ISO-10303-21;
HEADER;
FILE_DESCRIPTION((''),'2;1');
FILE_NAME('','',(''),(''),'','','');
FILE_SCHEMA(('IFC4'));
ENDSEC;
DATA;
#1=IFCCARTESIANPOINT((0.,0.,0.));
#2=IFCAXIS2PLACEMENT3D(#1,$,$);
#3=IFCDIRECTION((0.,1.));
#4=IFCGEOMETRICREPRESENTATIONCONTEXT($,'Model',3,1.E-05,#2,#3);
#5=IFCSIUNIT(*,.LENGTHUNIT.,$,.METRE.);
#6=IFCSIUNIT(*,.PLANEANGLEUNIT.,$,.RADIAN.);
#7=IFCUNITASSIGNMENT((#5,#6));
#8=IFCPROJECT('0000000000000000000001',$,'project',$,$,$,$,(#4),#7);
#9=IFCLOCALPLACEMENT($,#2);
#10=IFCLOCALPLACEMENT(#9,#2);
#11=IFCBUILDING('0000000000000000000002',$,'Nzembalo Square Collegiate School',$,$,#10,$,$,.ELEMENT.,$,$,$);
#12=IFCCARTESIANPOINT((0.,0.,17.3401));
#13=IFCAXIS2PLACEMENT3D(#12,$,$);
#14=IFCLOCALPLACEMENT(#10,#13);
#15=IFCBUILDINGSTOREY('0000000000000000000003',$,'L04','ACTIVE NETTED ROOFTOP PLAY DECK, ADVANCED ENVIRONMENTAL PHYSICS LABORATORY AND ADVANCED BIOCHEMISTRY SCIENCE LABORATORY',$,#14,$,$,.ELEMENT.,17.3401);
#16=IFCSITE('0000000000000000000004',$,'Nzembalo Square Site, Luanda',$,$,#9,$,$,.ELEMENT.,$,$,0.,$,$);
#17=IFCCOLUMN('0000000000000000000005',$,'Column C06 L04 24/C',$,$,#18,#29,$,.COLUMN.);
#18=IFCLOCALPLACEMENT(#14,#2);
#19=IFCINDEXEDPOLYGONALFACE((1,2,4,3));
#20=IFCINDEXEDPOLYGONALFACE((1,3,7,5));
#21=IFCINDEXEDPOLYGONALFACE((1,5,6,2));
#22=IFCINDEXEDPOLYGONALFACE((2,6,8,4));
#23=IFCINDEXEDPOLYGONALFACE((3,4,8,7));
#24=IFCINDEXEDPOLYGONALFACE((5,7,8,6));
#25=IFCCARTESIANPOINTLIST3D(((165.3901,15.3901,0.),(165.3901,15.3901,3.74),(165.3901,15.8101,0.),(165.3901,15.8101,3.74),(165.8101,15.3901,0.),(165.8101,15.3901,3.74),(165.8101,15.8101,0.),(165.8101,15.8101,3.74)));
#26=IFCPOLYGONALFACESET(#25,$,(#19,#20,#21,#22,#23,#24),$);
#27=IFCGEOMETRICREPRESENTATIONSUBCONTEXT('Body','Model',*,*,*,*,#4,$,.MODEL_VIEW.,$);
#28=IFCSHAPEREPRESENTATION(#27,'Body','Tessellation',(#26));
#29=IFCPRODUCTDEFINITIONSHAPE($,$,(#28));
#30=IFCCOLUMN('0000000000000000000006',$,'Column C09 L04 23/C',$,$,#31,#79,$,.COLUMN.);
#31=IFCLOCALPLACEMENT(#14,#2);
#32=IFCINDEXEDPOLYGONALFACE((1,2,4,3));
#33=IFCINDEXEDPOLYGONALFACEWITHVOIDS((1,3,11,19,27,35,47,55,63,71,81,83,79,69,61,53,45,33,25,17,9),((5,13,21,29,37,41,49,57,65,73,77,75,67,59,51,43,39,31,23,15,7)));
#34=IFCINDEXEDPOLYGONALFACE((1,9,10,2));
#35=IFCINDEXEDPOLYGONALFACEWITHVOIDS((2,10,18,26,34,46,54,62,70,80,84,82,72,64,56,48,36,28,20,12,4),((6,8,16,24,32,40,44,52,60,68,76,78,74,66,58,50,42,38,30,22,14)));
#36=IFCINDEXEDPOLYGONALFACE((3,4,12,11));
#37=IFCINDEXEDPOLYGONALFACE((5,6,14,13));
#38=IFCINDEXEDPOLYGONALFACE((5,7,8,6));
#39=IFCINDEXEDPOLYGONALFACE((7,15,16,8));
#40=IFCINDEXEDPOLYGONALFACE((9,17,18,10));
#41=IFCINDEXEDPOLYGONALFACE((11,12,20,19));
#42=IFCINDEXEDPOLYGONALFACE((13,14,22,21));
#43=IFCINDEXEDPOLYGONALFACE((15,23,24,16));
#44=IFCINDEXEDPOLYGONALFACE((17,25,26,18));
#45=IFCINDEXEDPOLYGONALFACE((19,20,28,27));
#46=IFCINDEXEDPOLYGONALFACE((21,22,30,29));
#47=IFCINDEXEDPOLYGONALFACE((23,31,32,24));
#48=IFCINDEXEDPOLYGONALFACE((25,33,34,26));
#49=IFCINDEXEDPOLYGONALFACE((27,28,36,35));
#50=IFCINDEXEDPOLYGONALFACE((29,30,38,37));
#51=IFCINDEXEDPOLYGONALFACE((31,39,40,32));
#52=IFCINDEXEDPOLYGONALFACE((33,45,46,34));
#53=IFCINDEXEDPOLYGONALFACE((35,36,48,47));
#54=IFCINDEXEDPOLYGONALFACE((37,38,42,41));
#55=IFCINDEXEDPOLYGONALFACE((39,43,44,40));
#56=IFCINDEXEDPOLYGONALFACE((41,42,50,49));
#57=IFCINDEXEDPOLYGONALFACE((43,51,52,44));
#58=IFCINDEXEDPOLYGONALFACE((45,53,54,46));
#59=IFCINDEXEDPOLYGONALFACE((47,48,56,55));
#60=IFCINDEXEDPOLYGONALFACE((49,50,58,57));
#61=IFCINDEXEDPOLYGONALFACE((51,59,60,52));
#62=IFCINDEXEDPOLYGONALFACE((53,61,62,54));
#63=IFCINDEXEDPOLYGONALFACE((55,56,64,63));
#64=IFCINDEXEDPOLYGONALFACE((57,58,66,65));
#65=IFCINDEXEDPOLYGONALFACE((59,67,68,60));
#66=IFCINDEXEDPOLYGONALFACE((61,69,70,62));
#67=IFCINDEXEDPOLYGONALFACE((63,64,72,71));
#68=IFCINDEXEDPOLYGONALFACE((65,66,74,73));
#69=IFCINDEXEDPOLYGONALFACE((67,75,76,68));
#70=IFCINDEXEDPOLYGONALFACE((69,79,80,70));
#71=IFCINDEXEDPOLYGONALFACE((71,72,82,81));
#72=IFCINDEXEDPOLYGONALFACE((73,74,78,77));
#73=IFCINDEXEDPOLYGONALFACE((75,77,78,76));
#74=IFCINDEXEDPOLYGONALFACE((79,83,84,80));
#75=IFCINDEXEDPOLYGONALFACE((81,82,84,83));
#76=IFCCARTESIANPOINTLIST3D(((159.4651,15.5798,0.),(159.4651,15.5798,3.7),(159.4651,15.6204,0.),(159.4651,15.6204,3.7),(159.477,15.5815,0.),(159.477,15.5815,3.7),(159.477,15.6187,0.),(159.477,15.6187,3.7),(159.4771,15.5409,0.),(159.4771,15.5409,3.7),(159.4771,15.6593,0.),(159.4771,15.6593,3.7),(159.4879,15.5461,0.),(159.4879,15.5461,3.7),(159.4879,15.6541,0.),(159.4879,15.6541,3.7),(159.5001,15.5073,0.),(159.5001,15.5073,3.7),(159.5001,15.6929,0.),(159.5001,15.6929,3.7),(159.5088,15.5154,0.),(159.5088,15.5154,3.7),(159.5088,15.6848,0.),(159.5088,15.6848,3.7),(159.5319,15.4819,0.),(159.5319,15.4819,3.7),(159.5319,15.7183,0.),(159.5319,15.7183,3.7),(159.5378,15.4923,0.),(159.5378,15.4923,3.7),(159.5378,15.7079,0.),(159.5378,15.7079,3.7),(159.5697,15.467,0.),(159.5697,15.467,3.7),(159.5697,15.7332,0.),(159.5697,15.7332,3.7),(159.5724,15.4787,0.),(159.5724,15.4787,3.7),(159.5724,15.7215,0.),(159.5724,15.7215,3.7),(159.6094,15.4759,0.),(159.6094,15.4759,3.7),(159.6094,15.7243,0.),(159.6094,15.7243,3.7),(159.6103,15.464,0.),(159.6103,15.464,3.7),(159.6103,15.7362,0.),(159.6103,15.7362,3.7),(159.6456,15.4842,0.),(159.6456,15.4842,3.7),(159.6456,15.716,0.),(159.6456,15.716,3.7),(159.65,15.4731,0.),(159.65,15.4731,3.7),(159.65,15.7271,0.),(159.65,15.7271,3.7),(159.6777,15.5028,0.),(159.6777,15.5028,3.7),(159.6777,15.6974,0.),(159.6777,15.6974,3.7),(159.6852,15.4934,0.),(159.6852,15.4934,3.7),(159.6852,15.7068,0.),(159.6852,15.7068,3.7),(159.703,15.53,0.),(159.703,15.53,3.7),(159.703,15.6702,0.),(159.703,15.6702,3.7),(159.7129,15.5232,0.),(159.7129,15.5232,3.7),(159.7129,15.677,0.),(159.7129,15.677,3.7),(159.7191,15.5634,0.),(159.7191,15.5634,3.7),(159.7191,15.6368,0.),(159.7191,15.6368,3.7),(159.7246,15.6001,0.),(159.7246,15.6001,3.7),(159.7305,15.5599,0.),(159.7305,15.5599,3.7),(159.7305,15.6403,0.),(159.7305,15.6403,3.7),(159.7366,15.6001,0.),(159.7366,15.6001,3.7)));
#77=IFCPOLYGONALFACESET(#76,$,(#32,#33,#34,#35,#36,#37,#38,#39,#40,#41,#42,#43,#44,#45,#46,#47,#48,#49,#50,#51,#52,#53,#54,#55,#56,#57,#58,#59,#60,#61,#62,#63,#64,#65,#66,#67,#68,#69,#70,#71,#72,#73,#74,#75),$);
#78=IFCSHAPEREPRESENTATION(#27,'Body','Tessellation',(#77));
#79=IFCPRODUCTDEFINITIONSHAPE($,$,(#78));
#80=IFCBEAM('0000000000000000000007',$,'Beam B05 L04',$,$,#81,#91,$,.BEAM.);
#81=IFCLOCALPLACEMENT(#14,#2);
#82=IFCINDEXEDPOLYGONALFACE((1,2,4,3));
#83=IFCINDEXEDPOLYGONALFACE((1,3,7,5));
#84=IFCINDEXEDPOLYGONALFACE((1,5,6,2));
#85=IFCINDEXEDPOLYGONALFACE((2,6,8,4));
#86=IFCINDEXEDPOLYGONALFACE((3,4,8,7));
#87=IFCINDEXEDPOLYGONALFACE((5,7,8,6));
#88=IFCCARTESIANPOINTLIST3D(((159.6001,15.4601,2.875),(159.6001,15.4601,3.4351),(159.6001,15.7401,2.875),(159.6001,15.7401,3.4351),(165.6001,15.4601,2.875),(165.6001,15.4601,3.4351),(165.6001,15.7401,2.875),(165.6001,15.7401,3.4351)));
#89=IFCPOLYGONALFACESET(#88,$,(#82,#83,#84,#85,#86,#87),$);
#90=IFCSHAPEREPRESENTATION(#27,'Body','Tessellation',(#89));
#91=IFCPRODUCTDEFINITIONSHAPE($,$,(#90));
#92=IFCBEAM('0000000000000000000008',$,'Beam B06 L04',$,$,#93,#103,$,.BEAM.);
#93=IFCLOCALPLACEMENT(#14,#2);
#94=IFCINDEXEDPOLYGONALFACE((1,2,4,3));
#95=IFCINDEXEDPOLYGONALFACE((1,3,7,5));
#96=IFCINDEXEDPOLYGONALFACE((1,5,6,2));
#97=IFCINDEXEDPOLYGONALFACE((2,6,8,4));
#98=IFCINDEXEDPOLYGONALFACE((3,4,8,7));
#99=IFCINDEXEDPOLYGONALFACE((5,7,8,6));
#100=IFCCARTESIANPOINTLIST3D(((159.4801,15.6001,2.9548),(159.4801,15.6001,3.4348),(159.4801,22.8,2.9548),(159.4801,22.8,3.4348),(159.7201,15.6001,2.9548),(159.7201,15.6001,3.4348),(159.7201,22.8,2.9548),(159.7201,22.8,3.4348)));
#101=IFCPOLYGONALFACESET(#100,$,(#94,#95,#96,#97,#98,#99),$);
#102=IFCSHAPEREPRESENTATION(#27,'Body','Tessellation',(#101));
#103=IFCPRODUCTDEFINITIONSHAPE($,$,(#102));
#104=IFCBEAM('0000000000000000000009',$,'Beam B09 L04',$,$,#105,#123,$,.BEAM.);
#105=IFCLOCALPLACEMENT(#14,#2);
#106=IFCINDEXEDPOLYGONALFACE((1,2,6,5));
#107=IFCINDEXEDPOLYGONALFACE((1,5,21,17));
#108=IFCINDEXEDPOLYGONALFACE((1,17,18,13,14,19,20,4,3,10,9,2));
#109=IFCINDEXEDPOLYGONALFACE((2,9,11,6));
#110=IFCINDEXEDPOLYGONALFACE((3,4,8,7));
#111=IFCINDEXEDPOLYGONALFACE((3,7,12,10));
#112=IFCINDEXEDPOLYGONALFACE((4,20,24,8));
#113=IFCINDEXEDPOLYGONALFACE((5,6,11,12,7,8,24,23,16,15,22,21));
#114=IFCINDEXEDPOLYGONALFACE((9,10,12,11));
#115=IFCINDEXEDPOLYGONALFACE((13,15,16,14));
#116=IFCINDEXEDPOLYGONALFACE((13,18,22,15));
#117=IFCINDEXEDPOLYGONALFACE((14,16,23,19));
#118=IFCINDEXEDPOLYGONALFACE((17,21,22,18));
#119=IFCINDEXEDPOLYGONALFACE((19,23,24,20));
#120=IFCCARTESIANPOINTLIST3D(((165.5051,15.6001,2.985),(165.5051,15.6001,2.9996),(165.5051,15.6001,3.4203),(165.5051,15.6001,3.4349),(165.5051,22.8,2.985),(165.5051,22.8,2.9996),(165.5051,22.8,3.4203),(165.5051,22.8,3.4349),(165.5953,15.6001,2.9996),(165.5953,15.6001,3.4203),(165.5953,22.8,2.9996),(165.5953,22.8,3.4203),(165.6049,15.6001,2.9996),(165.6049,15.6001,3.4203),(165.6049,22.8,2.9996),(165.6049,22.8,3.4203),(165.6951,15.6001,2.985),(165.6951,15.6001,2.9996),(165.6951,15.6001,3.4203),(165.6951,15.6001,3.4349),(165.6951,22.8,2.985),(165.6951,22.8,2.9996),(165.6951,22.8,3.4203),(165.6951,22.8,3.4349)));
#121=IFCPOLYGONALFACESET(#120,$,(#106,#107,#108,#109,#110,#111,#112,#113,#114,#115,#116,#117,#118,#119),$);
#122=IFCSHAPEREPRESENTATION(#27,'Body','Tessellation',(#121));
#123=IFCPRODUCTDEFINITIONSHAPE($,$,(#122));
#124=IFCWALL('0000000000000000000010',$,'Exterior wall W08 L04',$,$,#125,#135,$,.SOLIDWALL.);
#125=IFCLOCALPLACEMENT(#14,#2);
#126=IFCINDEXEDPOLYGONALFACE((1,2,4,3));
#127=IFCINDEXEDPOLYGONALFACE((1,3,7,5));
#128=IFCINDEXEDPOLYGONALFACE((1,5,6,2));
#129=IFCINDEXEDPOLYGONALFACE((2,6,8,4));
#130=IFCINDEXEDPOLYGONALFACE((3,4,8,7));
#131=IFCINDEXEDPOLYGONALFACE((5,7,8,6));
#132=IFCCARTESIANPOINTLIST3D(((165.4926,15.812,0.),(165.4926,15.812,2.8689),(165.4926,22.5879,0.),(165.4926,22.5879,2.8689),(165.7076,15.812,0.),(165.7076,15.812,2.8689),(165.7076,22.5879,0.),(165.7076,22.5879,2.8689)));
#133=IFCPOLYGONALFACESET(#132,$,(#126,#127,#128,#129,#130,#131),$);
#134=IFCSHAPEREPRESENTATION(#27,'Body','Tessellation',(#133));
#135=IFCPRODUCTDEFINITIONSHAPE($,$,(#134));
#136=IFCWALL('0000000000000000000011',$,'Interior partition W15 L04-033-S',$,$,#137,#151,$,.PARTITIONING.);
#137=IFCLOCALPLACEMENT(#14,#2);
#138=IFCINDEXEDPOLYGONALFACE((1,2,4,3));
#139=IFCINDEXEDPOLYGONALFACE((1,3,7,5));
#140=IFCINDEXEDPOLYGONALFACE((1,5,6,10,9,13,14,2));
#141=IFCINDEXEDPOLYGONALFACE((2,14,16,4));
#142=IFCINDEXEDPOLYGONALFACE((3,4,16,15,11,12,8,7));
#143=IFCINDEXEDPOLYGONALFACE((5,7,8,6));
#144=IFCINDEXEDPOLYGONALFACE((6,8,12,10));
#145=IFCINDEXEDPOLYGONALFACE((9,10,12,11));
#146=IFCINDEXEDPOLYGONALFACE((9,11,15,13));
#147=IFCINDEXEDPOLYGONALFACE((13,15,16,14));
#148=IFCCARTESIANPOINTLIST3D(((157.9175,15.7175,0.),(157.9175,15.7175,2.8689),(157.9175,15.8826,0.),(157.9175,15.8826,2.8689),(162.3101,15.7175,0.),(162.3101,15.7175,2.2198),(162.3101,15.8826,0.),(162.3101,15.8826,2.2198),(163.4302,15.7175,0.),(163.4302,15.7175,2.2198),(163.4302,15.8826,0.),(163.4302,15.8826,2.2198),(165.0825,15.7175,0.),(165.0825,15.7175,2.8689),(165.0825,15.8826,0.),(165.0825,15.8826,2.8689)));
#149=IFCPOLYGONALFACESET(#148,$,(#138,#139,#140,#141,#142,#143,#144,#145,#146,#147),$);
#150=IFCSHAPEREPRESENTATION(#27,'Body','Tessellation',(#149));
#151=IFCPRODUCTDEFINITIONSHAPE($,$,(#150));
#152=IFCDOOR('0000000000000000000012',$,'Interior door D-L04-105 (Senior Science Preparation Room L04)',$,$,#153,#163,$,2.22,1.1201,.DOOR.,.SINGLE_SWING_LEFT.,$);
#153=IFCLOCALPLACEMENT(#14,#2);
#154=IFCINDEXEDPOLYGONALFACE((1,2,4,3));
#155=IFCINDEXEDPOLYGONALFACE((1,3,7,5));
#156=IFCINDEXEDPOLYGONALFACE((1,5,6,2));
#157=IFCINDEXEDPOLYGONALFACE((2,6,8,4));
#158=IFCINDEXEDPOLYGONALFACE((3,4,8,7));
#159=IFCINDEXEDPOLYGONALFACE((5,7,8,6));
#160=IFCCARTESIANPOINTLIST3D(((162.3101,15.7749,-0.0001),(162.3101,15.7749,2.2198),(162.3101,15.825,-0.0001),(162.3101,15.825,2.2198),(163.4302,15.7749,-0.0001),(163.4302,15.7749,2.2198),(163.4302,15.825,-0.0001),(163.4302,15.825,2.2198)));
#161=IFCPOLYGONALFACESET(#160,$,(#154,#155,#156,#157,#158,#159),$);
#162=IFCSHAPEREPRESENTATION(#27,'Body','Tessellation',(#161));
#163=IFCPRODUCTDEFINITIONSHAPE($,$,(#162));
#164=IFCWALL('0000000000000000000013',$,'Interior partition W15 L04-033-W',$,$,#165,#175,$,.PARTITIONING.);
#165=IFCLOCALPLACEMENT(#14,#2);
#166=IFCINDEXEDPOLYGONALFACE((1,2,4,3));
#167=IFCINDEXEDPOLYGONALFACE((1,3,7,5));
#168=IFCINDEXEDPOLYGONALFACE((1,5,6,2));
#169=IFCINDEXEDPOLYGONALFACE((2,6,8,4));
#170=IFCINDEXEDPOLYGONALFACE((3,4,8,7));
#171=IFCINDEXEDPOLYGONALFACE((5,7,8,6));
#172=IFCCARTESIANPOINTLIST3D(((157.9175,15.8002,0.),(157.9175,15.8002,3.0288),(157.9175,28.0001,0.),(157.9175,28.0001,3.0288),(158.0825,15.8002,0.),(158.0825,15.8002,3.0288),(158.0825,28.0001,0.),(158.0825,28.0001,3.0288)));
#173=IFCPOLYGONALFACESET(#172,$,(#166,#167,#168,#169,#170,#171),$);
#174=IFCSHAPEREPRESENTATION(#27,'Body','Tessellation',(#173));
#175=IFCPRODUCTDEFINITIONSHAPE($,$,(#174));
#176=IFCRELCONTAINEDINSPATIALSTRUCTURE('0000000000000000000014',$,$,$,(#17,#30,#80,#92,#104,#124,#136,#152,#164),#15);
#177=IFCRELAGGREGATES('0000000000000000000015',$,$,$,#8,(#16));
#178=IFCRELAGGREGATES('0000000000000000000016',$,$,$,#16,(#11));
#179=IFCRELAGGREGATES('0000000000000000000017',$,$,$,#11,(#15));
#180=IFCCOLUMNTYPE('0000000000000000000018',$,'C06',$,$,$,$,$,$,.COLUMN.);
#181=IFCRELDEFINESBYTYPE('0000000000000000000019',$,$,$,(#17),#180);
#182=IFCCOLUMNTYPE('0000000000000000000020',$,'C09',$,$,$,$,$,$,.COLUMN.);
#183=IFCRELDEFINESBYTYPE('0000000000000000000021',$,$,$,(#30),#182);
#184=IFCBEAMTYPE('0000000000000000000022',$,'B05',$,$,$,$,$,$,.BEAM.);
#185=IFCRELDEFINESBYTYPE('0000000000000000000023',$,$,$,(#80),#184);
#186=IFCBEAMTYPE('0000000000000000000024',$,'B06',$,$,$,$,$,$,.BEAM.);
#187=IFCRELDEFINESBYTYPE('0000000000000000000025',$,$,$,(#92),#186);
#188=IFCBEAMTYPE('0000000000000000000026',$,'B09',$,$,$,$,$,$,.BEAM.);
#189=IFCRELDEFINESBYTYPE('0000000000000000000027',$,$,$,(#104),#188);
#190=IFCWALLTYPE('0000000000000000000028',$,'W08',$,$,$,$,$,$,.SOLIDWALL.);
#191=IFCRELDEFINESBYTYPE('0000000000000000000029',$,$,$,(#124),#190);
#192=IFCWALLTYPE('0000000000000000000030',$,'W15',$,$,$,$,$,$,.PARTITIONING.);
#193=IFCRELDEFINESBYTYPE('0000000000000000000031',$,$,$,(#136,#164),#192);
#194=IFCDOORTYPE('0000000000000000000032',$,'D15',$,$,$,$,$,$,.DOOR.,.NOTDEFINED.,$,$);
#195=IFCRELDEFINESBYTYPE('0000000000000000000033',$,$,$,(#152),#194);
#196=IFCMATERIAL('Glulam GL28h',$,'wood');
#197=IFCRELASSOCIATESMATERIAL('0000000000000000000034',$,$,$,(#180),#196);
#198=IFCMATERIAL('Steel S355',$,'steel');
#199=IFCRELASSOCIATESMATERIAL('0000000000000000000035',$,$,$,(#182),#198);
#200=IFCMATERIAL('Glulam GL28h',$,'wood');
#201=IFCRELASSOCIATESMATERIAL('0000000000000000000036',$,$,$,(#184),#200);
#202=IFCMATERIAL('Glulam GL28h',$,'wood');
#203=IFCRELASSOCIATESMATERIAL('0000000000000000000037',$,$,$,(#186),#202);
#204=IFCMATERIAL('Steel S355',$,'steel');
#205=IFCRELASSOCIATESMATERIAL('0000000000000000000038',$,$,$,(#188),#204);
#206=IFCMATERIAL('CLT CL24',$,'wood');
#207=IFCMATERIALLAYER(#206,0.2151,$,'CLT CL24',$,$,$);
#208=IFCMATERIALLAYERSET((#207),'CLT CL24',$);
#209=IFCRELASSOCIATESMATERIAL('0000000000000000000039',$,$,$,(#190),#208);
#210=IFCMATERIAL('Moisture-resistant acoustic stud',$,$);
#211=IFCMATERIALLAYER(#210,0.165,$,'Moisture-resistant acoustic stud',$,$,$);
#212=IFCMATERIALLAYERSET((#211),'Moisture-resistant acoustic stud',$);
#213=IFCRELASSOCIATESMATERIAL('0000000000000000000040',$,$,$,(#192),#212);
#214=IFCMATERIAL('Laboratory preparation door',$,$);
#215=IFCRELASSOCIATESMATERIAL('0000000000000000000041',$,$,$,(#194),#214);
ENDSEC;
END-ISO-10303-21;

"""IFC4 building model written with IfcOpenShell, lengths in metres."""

from ifc_helpers import new_model, si_unit, direction, frame, frame_2d, origin, origin_2d, place, context, subcontext, project, spatial, rectangle, hollow_circle, i_section, extrude, material, layer, layer_set, material_profile, profile_set, type_object, element, fill, save


model = new_model("IFC4")

# Units and contexts
model_context = context("Model", 3, precision=1e-05, world=origin(), true_north=direction((0.0, 1.0)))
body_context = subcontext(model_context, "Body", "Model", "MODEL_VIEW")
ifc_project = project(units=[si_unit("LENGTHUNIT", "METRE"), si_unit("PLANEANGLEUNIT", "RADIAN")], contexts=[model_context])

# Site, building, storey
site_placement = place(None, origin())
site = spatial("IfcSite", under=ifc_project, at=site_placement, Name="Nzembalo Square Site, Luanda", CompositionType="ELEMENT", RefElevation=0.0)
building_placement = place(site_placement, origin())
building = spatial("IfcBuilding", under=site, at=building_placement, Name="Nzembalo Square Collegiate School", CompositionType="ELEMENT")
storey_placement = place(building_placement, frame((0.0, 0.0, 17.3401)))
storey = spatial("IfcBuildingStorey", under=building, at=storey_placement, Name="L04", Description="ACTIVE NETTED ROOFTOP PLAY DECK, ADVANCED ENVIRONMENTAL PHYSICS LABORATORY AND ADVANCED BIOCHEMISTRY SCIENCE LABORATORY", CompositionType="ELEMENT", Elevation=17.3401)

# Columns
ifc_material_1 = material(Name="Glulam GL28h", Category="wood")
ifc_material_profile_1 = material_profile(ifc_material_1, rectangle(XDim=0.4199, YDim=0.4199, at=origin_2d()), Name="GL28h 420x420")
ifc_profile_set_1 = profile_set([ifc_material_profile_1], Name="Glulam GL28h")
column_type_1 = type_object("IfcColumnType", Name="C06", PredefinedType="COLUMN", material=ifc_profile_set_1)
column_1_placement = place(storey_placement, frame((165.6001, 15.6001, 0.0), z_axis=(0.0, 0.0, 1.0), x_axis=(1.0, 0.0, 0.0)))
element("IfcColumn", 1, at=column_1_placement, inside=storey, type_object=column_type_1, Name="Column C06 L04 24/C", PredefinedType="COLUMN", context=body_context, shape_type="SweptSolid", body=[
    extrude(rectangle(XDim=0.4199, YDim=0.4199, at=origin_2d()), origin(), (0.0, 0.0, 1.0), 3.74),
])
ifc_material_2 = material(Name="Steel S355", Category="steel")
ifc_material_profile_2 = material_profile(ifc_material_2, hollow_circle(Radius=0.1365, WallThickness=0.012, at=origin_2d()), Name="CHS 273x12")
ifc_profile_set_2 = profile_set([ifc_material_profile_2], Name="Steel S355")
column_type_2 = type_object("IfcColumnType", Name="C09", PredefinedType="COLUMN", material=ifc_profile_set_2)
column_2_placement = place(storey_placement, frame((159.6001, 15.6001, 0.0), z_axis=(0.0, 0.0, 1.0), x_axis=(1.0, 0.0, 0.0)))
element("IfcColumn", 2, at=column_2_placement, inside=storey, type_object=column_type_2, Name="Column C09 L04 23/C", PredefinedType="COLUMN", context=body_context, shape_type="SweptSolid", body=[
    extrude(hollow_circle(Radius=0.1365, WallThickness=0.012, at=origin_2d()), origin(), (0.0, 0.0, 1.0), 3.7),
])

# Beams
ifc_material_3 = material(Name="Glulam GL28h", Category="wood")
ifc_material_profile_3 = material_profile(ifc_material_3, rectangle(XDim=0.28, YDim=0.5601, at=origin_2d()), Name="GL28h 280x560")
ifc_profile_set_3 = profile_set([ifc_material_profile_3], Name="Glulam GL28h")
beam_type_1 = type_object("IfcBeamType", Name="B05", PredefinedType="BEAM", material=ifc_profile_set_3)
beam_1_placement = place(storey_placement, frame((159.6001, 15.6001, 3.155), z_axis=(1.0, 0.0, 0.0), x_axis=(0.0, 1.0, 0.0)))
element("IfcBeam", 3, at=beam_1_placement, inside=storey, type_object=beam_type_1, Name="Beam B05 L04", PredefinedType="BEAM", context=body_context, shape_type="SweptSolid", body=[
    extrude(rectangle(XDim=0.28, YDim=0.5601, at=origin_2d()), origin(), (0.0, 0.0, 1.0), 6.0),
])
ifc_material_4 = material(Name="Glulam GL28h", Category="wood")
ifc_material_profile_4 = material_profile(ifc_material_4, rectangle(XDim=0.24, YDim=0.48, at=origin_2d()), Name="GL28h 240x480")
ifc_profile_set_4 = profile_set([ifc_material_profile_4], Name="Glulam GL28h")
beam_type_2 = type_object("IfcBeamType", Name="B06", PredefinedType="BEAM", material=ifc_profile_set_4)
beam_2_placement = place(storey_placement, frame((159.6001, 15.6001, 3.1948), z_axis=(0.0, 1.0, 0.0), x_axis=(-1.0, 0.0, 0.0)))
element("IfcBeam", 4, at=beam_2_placement, inside=storey, type_object=beam_type_2, Name="Beam B06 L04", PredefinedType="BEAM", context=body_context, shape_type="SweptSolid", body=[
    extrude(rectangle(XDim=0.24, YDim=0.48, at=origin_2d()), origin(), (0.0, 0.0, 1.0), 7.2),
])
ifc_material_5 = material(Name="Steel S355", Category="steel")
ifc_material_profile_5 = material_profile(ifc_material_5, i_section(OverallWidth=0.1899, OverallDepth=0.45, WebThickness=0.0095, FlangeThickness=0.0146, at=origin_2d()), Name="IPE 450")
ifc_profile_set_5 = profile_set([ifc_material_profile_5], Name="Steel S355")
beam_type_3 = type_object("IfcBeamType", Name="B09", PredefinedType="BEAM", material=ifc_profile_set_5)
beam_3_placement = place(storey_placement, frame((165.6001, 15.6001, 3.21), z_axis=(0.0, 1.0, 0.0), x_axis=(-1.0, 0.0, 0.0)))
element("IfcBeam", 5, at=beam_3_placement, inside=storey, type_object=beam_type_3, Name="Beam B09 L04", PredefinedType="BEAM", context=body_context, shape_type="SweptSolid", body=[
    extrude(i_section(OverallWidth=0.1899, OverallDepth=0.45, WebThickness=0.0095, FlangeThickness=0.0146, at=origin_2d()), origin(), (0.0, 0.0, 1.0), 7.2),
])

# Wall
ifc_material_6 = material(Name="CLT CL24", Category="wood")
ifc_layer_1 = layer(ifc_material_6, 0.2151, Name="CLT CL24")
ifc_layer_set_1 = layer_set([ifc_layer_1], Name="CLT CL24")
wall_type_1 = type_object("IfcWallType", Name="W08", PredefinedType="SOLIDWALL", material=ifc_layer_set_1)
wall_1_placement = place(storey_placement, frame((165.6001, 15.812, 0.0), z_axis=(0.0, 0.0, 1.0), x_axis=(0.0, 1.0, 0.0)))
element("IfcWall", 6, at=wall_1_placement, inside=storey, type_object=wall_type_1, Name="Exterior wall W08 L04", PredefinedType="SOLIDWALL", context=body_context, shape_type="SweptSolid", body=[
    extrude(rectangle(XDim=6.7759, YDim=0.2151, at=frame_2d((3.3879, 0.0))), origin(), (0.0, 0.0, 1.0), 2.8689),
])

# Wall, opening, door
ifc_material_7 = material(Name="Moisture-resistant acoustic stud")
ifc_layer_2 = layer(ifc_material_7, 0.165, Name="Moisture-resistant acoustic stud")
ifc_layer_set_2 = layer_set([ifc_layer_2], Name="Moisture-resistant acoustic stud")
wall_type_2 = type_object("IfcWallType", Name="W15", PredefinedType="PARTITIONING", material=ifc_layer_set_2)
wall_2_placement = place(storey_placement, frame((157.9175, 15.8, 0.0), z_axis=(0.0, 0.0, 1.0), x_axis=(1.0, 0.0, 0.0)))
wall_2 = element("IfcWall", 7, at=wall_2_placement, inside=storey, type_object=wall_type_2, Name="Interior partition W15 L04-033-S", PredefinedType="PARTITIONING", context=body_context, shape_type="SweptSolid", body=[
    extrude(rectangle(XDim=7.165, YDim=0.165, at=frame_2d((3.5825, 0.0))), origin(), (0.0, 0.0, 1.0), 2.8689),
])
opening_placement = place(wall_2_placement, frame((4.3926, 0.0, 0.0)))
opening = element("IfcOpeningElement", 8, at=opening_placement, cuts=wall_2, PredefinedType="OPENING", context=body_context, shape_type="SweptSolid", body=[
    extrude(rectangle(XDim=1.1201, YDim=2.22, at=frame_2d((0.5601, 1.1099))), frame((0.0, 0.0925, 0.0), z_axis=(0.0, -1.0, 0.0), x_axis=(1.0, 0.0, 0.0)), (0.0, 0.0, 1.0), 0.1851),
])
ifc_material_8 = material(Name="Laboratory preparation door")
door_type = type_object("IfcDoorType", Name="D15", OperationType="NOTDEFINED", PredefinedType="DOOR", material=ifc_material_8)
door_placement = place(opening_placement, origin())
door = element("IfcDoor", 9, at=door_placement, inside=storey, type_object=door_type, Name="Interior door D-L04-105 (Senior Science Preparation Room L04)", OperationType="SINGLE_SWING_LEFT", OverallHeight=2.22, OverallWidth=1.1201, PredefinedType="DOOR", context=body_context, shape_type="SweptSolid", body=[
    extrude(rectangle(XDim=1.1201, YDim=2.22, at=frame_2d((0.5601, 1.1099))), frame((0.0, 0.0249, 0.0), z_axis=(0.0, -1.0, 0.0), x_axis=(1.0, 0.0, 0.0)), (0.0, 0.0, 1.0), 0.05),
])
fill(opening, door)

# Wall
wall_3_placement = place(storey_placement, frame((158.0, 15.8, 0.0), z_axis=(0.0, 0.0, 1.0), x_axis=(0.0, 1.0, 0.0)))
element("IfcWall", 10, at=wall_3_placement, inside=storey, type_object=wall_type_2, Name="Interior partition W15 L04-033-W", PredefinedType="PARTITIONING", context=body_context, shape_type="SweptSolid", body=[
    extrude(rectangle(XDim=12.2, YDim=0.165, at=frame_2d((6.1001, 0.0))), origin(), (0.0, 0.0, 1.0), 3.0288),
])

save(model, "model.ifc")
